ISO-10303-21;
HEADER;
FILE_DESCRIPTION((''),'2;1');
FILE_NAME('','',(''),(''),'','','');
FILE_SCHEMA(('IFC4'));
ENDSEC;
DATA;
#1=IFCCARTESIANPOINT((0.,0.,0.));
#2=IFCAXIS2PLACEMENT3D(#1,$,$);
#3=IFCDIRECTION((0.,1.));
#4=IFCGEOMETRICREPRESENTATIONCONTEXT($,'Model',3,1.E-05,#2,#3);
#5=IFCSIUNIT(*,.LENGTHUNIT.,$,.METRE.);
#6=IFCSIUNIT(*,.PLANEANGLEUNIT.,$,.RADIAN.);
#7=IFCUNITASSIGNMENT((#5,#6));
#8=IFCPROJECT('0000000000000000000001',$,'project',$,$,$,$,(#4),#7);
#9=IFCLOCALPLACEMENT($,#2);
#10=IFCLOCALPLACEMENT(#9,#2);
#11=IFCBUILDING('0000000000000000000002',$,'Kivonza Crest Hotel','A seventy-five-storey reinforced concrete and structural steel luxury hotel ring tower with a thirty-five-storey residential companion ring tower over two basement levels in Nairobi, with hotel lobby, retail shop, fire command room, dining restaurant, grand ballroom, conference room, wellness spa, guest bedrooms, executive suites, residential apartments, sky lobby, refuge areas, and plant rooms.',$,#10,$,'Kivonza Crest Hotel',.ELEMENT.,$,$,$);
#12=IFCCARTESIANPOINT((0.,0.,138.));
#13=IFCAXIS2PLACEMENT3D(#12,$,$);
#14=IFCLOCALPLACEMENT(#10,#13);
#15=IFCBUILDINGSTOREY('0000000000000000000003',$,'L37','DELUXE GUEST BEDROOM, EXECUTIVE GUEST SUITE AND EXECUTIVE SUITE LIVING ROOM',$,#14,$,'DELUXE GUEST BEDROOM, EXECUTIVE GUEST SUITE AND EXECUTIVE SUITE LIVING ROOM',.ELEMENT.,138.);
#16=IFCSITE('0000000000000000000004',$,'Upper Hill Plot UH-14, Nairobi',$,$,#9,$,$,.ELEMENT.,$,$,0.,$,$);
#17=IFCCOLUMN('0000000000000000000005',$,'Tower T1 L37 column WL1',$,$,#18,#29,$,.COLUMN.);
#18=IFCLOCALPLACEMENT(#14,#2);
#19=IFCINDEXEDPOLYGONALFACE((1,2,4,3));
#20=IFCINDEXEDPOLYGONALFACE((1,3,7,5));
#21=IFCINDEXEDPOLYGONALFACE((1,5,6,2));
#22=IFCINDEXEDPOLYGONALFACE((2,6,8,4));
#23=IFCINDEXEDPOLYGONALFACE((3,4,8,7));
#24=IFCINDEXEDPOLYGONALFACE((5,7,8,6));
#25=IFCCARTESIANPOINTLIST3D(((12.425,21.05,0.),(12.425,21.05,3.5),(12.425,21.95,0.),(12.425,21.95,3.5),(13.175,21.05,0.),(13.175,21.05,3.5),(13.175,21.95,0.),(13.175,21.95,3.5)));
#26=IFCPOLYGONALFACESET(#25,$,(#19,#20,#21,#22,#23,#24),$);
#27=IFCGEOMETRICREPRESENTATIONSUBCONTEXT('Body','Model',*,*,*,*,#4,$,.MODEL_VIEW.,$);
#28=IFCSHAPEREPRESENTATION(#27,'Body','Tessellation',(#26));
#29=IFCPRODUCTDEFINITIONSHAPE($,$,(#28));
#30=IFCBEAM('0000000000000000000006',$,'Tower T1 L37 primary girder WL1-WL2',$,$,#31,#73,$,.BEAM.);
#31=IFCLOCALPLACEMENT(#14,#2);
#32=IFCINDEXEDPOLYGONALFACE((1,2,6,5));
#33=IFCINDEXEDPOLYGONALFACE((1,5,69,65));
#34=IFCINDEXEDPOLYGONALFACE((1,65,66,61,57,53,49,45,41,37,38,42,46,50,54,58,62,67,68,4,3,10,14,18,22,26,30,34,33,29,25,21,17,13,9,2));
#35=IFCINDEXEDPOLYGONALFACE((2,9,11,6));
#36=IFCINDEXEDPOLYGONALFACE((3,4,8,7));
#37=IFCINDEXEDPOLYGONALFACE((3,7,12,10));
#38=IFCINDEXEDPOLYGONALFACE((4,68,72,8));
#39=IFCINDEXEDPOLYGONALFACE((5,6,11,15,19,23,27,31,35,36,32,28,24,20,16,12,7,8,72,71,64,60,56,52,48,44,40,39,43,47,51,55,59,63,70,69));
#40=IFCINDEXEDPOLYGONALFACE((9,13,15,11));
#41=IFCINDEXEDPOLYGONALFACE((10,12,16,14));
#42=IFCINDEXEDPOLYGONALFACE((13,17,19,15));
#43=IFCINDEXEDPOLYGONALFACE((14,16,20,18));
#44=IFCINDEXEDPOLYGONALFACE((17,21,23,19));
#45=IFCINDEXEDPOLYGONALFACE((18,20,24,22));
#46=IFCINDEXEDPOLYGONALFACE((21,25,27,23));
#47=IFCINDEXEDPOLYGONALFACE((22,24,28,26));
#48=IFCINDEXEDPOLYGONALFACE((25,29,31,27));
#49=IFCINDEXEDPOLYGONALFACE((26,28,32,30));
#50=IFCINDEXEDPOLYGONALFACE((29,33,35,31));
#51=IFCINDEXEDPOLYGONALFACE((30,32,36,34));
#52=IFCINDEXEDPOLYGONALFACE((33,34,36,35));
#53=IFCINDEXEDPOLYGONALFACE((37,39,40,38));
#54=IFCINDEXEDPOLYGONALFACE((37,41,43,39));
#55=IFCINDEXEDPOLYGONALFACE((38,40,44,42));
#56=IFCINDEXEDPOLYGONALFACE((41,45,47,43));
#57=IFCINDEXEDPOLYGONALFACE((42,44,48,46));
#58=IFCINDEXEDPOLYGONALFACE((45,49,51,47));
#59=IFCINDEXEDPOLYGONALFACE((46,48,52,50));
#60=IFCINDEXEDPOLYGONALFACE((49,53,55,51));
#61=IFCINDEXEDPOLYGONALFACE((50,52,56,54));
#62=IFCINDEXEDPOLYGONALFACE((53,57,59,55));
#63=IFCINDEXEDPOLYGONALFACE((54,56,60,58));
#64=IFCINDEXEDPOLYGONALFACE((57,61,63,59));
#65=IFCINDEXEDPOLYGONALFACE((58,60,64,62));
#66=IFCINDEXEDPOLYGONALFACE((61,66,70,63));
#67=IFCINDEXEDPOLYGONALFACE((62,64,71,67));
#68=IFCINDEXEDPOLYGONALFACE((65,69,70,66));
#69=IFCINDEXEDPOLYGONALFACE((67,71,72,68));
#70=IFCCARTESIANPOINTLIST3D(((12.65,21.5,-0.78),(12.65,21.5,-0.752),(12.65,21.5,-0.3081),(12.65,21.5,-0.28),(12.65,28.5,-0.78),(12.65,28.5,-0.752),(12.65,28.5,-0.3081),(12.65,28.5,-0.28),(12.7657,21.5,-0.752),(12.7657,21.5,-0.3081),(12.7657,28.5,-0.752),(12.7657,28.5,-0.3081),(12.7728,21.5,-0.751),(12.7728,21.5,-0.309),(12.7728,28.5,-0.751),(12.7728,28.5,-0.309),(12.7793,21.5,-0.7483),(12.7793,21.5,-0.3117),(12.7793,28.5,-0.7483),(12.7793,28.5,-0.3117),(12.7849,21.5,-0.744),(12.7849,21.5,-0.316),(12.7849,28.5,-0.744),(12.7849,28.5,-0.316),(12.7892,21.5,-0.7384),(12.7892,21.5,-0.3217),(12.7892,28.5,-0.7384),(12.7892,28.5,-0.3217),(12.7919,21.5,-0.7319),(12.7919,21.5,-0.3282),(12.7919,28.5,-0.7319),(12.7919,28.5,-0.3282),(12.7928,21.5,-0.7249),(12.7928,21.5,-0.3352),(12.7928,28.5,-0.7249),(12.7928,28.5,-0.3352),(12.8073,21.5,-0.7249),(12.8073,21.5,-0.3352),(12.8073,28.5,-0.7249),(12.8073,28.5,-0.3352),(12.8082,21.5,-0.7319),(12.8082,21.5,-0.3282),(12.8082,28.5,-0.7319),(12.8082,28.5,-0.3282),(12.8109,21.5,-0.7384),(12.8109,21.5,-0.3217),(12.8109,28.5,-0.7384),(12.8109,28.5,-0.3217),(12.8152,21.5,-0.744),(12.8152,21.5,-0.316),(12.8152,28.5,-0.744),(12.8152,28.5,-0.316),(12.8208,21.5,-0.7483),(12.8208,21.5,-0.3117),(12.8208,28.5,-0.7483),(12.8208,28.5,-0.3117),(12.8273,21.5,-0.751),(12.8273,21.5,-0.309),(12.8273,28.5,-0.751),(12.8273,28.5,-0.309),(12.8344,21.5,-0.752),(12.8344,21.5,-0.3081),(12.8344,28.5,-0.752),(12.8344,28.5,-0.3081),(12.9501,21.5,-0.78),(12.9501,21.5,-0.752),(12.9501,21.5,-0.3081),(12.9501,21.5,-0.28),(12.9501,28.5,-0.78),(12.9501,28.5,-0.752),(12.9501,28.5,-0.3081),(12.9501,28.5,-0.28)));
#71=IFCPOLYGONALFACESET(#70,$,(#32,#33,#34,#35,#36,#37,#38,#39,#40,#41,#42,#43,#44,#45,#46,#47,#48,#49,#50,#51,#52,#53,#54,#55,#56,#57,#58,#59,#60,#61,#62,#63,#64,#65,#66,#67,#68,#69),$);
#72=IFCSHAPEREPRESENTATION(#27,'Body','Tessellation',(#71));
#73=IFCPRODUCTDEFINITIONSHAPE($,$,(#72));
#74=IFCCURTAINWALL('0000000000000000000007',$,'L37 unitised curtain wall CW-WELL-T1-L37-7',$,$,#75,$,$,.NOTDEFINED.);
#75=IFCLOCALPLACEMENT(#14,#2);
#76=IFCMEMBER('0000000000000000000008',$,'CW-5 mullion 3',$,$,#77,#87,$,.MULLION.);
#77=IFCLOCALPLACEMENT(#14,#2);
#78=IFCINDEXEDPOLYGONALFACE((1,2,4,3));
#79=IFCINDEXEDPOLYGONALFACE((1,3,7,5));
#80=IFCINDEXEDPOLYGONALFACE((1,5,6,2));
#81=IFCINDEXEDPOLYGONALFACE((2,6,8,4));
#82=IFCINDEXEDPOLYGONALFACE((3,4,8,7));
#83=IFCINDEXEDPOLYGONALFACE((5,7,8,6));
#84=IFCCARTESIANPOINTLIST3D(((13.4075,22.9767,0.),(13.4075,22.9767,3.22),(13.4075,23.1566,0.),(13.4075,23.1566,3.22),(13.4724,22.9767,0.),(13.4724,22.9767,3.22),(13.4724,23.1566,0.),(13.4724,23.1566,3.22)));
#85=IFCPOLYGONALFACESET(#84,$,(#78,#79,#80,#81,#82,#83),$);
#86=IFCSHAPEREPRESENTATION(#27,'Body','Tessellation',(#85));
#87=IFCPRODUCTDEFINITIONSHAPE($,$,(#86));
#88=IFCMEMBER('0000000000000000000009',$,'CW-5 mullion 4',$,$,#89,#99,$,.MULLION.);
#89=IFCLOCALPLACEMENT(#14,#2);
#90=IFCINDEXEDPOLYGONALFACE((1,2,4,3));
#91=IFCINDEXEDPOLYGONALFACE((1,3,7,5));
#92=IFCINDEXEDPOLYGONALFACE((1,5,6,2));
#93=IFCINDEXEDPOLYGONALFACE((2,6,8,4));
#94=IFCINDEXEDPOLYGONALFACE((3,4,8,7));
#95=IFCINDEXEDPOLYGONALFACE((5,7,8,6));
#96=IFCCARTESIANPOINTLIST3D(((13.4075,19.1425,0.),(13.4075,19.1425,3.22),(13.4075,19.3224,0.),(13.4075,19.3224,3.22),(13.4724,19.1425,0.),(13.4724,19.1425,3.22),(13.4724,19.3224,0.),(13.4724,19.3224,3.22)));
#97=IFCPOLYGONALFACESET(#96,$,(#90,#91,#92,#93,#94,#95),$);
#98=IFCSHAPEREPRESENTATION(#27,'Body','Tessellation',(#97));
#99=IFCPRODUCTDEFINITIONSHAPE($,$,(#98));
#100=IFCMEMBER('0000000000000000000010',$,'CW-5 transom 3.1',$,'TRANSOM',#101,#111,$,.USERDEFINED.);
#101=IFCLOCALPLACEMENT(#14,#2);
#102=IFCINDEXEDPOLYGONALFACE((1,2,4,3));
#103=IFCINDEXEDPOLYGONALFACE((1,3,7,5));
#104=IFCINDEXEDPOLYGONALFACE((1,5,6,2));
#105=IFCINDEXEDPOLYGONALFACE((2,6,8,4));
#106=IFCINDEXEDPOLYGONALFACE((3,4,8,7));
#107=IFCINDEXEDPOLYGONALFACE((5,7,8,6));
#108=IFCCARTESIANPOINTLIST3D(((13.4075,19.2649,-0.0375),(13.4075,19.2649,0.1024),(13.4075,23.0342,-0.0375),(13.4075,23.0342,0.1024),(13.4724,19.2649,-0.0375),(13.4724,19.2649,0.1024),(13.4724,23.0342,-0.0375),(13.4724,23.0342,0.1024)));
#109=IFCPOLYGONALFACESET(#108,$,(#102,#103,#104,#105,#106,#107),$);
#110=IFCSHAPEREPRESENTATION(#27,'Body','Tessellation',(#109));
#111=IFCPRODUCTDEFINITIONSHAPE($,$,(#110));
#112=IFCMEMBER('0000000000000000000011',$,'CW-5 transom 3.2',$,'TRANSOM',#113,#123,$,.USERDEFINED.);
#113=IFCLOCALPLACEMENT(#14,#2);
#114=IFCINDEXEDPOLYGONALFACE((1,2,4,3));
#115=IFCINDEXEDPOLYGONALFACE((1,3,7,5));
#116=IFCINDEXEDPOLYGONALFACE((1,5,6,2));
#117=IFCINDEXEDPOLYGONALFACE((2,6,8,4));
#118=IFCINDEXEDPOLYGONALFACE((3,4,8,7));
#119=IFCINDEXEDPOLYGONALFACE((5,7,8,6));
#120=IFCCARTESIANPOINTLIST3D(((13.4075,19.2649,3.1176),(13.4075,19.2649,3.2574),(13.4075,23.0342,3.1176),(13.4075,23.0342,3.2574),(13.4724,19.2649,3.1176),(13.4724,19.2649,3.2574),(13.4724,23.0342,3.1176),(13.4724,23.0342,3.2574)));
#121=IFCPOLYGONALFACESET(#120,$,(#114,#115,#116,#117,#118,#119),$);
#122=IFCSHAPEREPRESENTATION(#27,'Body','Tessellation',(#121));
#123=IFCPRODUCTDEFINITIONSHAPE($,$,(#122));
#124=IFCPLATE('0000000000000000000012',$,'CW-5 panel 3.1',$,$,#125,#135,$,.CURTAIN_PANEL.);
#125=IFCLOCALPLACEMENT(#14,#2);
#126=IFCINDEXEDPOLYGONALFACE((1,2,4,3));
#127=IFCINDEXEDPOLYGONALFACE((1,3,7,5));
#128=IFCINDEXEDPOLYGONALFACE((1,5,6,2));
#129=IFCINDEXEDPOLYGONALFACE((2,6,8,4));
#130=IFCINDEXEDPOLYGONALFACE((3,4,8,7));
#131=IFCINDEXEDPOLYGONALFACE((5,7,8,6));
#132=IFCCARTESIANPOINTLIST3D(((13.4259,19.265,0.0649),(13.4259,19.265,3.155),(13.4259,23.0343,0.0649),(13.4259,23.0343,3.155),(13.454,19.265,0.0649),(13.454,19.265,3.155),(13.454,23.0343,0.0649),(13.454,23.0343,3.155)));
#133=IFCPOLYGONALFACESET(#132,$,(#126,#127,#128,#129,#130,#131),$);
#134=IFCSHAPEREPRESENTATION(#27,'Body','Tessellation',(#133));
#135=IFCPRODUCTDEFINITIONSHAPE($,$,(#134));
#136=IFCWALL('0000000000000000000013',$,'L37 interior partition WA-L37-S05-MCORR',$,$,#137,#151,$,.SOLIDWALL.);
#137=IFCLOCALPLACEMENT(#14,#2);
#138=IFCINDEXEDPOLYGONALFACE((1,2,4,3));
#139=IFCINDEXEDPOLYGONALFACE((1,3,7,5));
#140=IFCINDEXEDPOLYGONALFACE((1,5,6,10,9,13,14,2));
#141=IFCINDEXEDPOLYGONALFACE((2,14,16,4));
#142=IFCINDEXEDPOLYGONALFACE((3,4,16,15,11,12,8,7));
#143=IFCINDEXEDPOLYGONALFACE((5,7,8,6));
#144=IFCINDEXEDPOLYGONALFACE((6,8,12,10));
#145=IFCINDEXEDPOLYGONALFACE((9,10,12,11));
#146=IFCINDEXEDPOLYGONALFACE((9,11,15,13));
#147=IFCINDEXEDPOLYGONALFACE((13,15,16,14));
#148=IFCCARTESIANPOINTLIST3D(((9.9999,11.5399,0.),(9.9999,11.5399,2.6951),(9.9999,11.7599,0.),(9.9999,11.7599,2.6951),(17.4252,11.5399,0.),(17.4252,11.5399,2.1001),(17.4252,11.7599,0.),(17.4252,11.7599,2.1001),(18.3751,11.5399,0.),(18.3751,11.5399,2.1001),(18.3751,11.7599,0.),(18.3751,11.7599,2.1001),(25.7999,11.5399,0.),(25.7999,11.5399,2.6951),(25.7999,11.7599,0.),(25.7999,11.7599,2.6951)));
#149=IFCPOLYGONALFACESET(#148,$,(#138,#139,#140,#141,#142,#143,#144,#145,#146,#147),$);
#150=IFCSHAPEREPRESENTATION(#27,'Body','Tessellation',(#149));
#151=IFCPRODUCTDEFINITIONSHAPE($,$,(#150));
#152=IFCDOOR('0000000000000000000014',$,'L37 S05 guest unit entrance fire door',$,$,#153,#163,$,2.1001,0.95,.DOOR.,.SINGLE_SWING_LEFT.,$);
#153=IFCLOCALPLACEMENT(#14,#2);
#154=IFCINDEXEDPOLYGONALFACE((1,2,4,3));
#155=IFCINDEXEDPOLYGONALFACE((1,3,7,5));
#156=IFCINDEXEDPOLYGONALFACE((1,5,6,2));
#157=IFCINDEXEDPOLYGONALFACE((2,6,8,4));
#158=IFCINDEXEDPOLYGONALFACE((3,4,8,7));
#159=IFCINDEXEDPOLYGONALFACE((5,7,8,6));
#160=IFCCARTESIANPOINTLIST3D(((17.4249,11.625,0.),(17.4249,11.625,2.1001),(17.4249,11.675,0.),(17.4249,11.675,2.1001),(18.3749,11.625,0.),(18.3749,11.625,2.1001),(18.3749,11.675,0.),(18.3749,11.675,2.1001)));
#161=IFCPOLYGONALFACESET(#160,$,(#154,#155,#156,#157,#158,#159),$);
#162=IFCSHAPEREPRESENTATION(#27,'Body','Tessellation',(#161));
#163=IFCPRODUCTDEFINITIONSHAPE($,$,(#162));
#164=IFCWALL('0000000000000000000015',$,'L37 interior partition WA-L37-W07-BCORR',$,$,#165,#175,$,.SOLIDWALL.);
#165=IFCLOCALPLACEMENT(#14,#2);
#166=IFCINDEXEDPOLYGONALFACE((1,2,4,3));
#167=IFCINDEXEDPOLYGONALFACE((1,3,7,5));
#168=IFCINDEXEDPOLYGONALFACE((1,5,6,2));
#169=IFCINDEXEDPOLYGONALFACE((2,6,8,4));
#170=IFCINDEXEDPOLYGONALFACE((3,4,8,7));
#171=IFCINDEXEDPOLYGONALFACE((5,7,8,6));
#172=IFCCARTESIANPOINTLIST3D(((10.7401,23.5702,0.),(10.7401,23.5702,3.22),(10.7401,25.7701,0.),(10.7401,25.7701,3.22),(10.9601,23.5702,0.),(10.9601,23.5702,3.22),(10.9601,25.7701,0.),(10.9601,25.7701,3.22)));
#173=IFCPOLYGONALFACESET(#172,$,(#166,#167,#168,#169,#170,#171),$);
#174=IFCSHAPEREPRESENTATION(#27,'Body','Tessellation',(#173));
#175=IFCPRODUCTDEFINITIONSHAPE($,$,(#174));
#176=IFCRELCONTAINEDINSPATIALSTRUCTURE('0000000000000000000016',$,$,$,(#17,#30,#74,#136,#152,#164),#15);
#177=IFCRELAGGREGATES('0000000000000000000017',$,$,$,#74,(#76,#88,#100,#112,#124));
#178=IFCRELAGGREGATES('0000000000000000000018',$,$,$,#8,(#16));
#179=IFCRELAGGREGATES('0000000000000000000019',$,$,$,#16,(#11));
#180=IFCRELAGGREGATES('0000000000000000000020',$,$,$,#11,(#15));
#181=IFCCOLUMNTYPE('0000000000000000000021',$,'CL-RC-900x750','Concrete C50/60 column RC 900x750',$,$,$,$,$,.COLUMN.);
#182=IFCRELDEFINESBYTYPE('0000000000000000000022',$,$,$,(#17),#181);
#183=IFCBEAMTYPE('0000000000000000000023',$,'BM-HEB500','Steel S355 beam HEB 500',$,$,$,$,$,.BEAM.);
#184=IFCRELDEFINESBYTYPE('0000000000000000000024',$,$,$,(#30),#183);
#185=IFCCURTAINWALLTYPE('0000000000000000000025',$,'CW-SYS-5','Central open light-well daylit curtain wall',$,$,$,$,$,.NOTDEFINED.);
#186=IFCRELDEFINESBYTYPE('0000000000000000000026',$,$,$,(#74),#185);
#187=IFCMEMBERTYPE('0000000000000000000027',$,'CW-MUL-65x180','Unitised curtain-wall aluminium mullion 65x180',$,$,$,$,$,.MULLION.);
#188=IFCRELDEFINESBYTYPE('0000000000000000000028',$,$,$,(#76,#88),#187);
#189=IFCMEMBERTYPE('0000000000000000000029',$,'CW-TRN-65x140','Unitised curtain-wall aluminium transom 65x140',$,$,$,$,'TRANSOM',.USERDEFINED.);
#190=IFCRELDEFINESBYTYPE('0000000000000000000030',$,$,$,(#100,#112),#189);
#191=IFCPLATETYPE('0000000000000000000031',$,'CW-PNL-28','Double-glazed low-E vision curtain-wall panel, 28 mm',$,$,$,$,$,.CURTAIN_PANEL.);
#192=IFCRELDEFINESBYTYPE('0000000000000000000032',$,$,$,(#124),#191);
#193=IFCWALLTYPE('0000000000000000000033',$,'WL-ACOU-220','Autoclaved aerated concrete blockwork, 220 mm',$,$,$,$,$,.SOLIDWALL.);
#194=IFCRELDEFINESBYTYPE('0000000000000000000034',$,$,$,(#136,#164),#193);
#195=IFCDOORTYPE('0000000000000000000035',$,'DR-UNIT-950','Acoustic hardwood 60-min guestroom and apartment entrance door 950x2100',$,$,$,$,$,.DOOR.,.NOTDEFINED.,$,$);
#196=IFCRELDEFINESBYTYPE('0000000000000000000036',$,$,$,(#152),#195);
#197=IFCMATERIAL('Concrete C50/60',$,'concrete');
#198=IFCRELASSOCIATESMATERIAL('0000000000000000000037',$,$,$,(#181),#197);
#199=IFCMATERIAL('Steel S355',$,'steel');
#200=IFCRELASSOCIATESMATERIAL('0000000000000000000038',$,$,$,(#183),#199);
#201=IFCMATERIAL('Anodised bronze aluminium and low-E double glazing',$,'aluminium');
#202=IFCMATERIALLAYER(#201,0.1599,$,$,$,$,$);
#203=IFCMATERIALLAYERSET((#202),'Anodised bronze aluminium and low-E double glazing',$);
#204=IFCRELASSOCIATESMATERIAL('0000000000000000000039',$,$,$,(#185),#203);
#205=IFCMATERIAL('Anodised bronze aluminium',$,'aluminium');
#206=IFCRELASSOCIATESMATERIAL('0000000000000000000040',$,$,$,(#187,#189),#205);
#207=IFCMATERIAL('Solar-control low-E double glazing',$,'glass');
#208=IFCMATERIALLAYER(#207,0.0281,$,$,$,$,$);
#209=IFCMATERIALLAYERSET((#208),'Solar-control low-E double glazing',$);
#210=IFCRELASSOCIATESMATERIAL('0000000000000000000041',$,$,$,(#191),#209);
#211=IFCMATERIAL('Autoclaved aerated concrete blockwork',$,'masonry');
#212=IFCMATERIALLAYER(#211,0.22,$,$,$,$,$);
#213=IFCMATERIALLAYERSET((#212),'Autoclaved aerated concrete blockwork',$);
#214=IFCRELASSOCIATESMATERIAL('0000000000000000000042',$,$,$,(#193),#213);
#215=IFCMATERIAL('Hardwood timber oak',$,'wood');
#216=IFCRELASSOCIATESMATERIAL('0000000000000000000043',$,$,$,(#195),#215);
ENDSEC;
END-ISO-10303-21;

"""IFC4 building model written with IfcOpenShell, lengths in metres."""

from ifc_helpers import new_model, si_unit, direction, frame, frame_2d, origin, origin_2d, place, context, subcontext, project, spatial, rectangle, i_section, extrude, material, layer, layer_set, material_profile, profile_set, type_object, element, fill, aggregate, save


model = new_model("IFC4")

# Units and contexts
model_context = context("Model", 3, precision=1e-05, world=origin(), true_north=direction((0.0, 1.0)))
body_context = subcontext(model_context, "Body", "Model", "MODEL_VIEW")
ifc_project = project(units=[si_unit("LENGTHUNIT", "METRE"), si_unit("PLANEANGLEUNIT", "RADIAN")], contexts=[model_context])

# Site, building, storey
site_placement = place(None, origin())
site = spatial("IfcSite", under=ifc_project, at=site_placement, Name="Upper Hill Plot UH-14, Nairobi", CompositionType="ELEMENT", RefElevation=0.0)
building_placement = place(site_placement, origin())
building = spatial("IfcBuilding", under=site, at=building_placement, Name="Kivonza Crest Hotel", Description="A seventy-five-storey reinforced concrete and structural steel luxury hotel ring tower with a thirty-five-storey residential companion ring tower over two basement levels in Nairobi, with hotel lobby, retail shop, fire command room, dining restaurant, grand ballroom, conference room, wellness spa, guest bedrooms, executive suites, residential apartments, sky lobby, refuge areas, and plant rooms.", LongName="Kivonza Crest Hotel", CompositionType="ELEMENT")
storey_placement = place(building_placement, frame((0.0, 0.0, 138.0)))
storey = spatial("IfcBuildingStorey", under=building, at=storey_placement, Name="L37", Description="DELUXE GUEST BEDROOM, EXECUTIVE GUEST SUITE AND EXECUTIVE SUITE LIVING ROOM", LongName="DELUXE GUEST BEDROOM, EXECUTIVE GUEST SUITE AND EXECUTIVE SUITE LIVING ROOM", CompositionType="ELEMENT", Elevation=138.0)

# Column
ifc_material_1 = material(Name="Concrete C50/60", Category="concrete")
ifc_material_profile_1 = material_profile(ifc_material_1, rectangle(XDim=0.75, YDim=0.8999, at=origin_2d()), Name="RC 900x750")
ifc_profile_set_1 = profile_set([ifc_material_profile_1], Name="Concrete C50/60")
column_type = type_object("IfcColumnType", Name="CL-RC-900x750", Description="Concrete C50/60 column RC 900x750", PredefinedType="COLUMN", material=ifc_profile_set_1)
column_placement = place(storey_placement, frame((12.8, 21.5, 0.0), z_axis=(0.0, 0.0, 1.0), x_axis=(1.0, 0.0, 0.0)))
element("IfcColumn", 1, at=column_placement, inside=storey, type_object=column_type, Name="Tower T1 L37 column WL1", PredefinedType="COLUMN", context=body_context, shape_type="SweptSolid", body=[
    extrude(rectangle(XDim=0.75, YDim=0.8999, at=origin_2d()), origin(), (0.0, 0.0, 1.0), 3.5),
])

# Beam
ifc_material_2 = material(Name="Steel S355", Category="steel")
ifc_material_profile_2 = material_profile(ifc_material_2, i_section(OverallWidth=0.3, OverallDepth=0.5, WebThickness=0.0144, FlangeThickness=0.0281, FilletRadius=0.0271, at=origin_2d()), Name="HEB 500")
ifc_profile_set_2 = profile_set([ifc_material_profile_2], Name="Steel S355")
beam_type = type_object("IfcBeamType", Name="BM-HEB500", Description="Steel S355 beam HEB 500", PredefinedType="BEAM", material=ifc_profile_set_2)
beam_placement = place(storey_placement, frame((12.8, 21.5, -0.53), z_axis=(0.0, 1.0, 0.0), x_axis=(-1.0, 0.0, 0.0)))
element("IfcBeam", 2, at=beam_placement, inside=storey, type_object=beam_type, Name="Tower T1 L37 primary girder WL1-WL2", PredefinedType="BEAM", context=body_context, shape_type="SweptSolid", body=[
    extrude(i_section(OverallWidth=0.3, OverallDepth=0.5, WebThickness=0.0144, FlangeThickness=0.0281, FilletRadius=0.0271, at=origin_2d()), origin(), (0.0, 0.0, 1.0), 7.0),
])

# Curtain wall, members, plate
ifc_material_3 = material(Name="Anodised bronze aluminium and low-E double glazing", Category="aluminium")
ifc_layer_1 = layer(ifc_material_3, 0.1599)
ifc_layer_set_1 = layer_set([ifc_layer_1], Name="Anodised bronze aluminium and low-E double glazing")
curtain_wall_type = type_object("IfcCurtainWallType", Name="CW-SYS-5", Description="Central open light-well daylit curtain wall", PredefinedType="NOTDEFINED", material=ifc_layer_set_1)
curtain_wall_placement = place(storey_placement, origin())
curtain_wall = element("IfcCurtainWall", 3, at=curtain_wall_placement, inside=storey, type_object=curtain_wall_type, Name="L37 unitised curtain wall CW-WELL-T1-L37-7", PredefinedType="NOTDEFINED")
ifc_material_4 = material(Name="Anodised bronze aluminium", Category="aluminium")
ifc_material_profile_3 = material_profile(ifc_material_4, rectangle(XDim=0.0649, YDim=0.1799, at=origin_2d()), Name="CW-M 65x180")
ifc_profile_set_3 = profile_set([ifc_material_profile_3], Name="Anodised bronze aluminium")
member_type_1 = type_object("IfcMemberType", Name="CW-MUL-65x180", Description="Unitised curtain-wall aluminium mullion 65x180", PredefinedType="MULLION", material=ifc_profile_set_3)
member_1_placement = place(storey_placement, frame((13.4399, 23.0667, 0.0), z_axis=(0.0, 0.0, 1.0), x_axis=(1.0, 0.0, 0.0)))
member_1 = element("IfcMember", 4, at=member_1_placement, type_object=member_type_1, Name="CW-5 mullion 3", PredefinedType="MULLION", context=body_context, shape_type="SweptSolid", body=[
    extrude(rectangle(XDim=0.0649, YDim=0.1799, at=origin_2d()), origin(), (0.0, 0.0, 1.0), 3.22),
])
member_2_placement = place(storey_placement, frame((13.4399, 19.2324, 0.0), z_axis=(0.0, 0.0, 1.0), x_axis=(1.0, 0.0, 0.0)))
member_2 = element("IfcMember", 5, at=member_2_placement, type_object=member_type_1, Name="CW-5 mullion 4", PredefinedType="MULLION", context=body_context, shape_type="SweptSolid", body=[
    extrude(rectangle(XDim=0.0649, YDim=0.1799, at=origin_2d()), origin(), (0.0, 0.0, 1.0), 3.22),
])
ifc_material_profile_4 = material_profile(ifc_material_4, rectangle(XDim=0.0649, YDim=0.1399, at=origin_2d()), Name="CW-T 65x140")
ifc_profile_set_4 = profile_set([ifc_material_profile_4], Name="Anodised bronze aluminium")
member_type_2 = type_object("IfcMemberType", Name="CW-TRN-65x140", Description="Unitised curtain-wall aluminium transom 65x140", ElementType="TRANSOM", PredefinedType="USERDEFINED", material=ifc_profile_set_4)
member_3_placement = place(storey_placement, frame((13.4399, 23.0342, 0.0325), z_axis=(0.0, -1.0, 0.0), x_axis=(1.0, 0.0, 0.0)))
member_3 = element("IfcMember", 6, at=member_3_placement, type_object=member_type_2, Name="CW-5 transom 3.1", ObjectType="TRANSOM", PredefinedType="USERDEFINED", context=body_context, shape_type="SweptSolid", body=[
    extrude(rectangle(XDim=0.0649, YDim=0.1399, at=origin_2d()), origin(), (0.0, 0.0, 1.0), 3.7693),
])
member_4_placement = place(storey_placement, frame((13.4399, 23.0342, 3.1875), z_axis=(0.0, -1.0, 0.0), x_axis=(1.0, 0.0, 0.0)))
member_4 = element("IfcMember", 7, at=member_4_placement, type_object=member_type_2, Name="CW-5 transom 3.2", ObjectType="TRANSOM", PredefinedType="USERDEFINED", context=body_context, shape_type="SweptSolid", body=[
    extrude(rectangle(XDim=0.0649, YDim=0.1399, at=origin_2d()), origin(), (0.0, 0.0, 1.0), 3.7693),
])
ifc_material_5 = material(Name="Solar-control low-E double glazing", Category="glass")
ifc_layer_2 = layer(ifc_material_5, 0.0281)
ifc_layer_set_2 = layer_set([ifc_layer_2], Name="Solar-control low-E double glazing")
plate_type = type_object("IfcPlateType", Name="CW-PNL-28", Description="Double-glazed low-E vision curtain-wall panel, 28 mm", PredefinedType="CURTAIN_PANEL", material=ifc_layer_set_2)
plate_placement = place(storey_placement, frame((13.4399, 21.1497, 0.0649), z_axis=(0.0, 0.0, 1.0), x_axis=(0.0, -1.0, 0.0)))
plate = element("IfcPlate", 8, at=plate_placement, type_object=plate_type, Name="CW-5 panel 3.1", PredefinedType="CURTAIN_PANEL", context=body_context, shape_type="SweptSolid", body=[
    extrude(rectangle(XDim=3.7693, YDim=0.0281, at=origin_2d()), origin(), (0.0, 0.0, 1.0), 3.0901),
])
aggregate(curtain_wall, [member_1, member_2, member_3, member_4, plate])

# Wall, opening, door
ifc_material_6 = material(Name="Autoclaved aerated concrete blockwork", Category="masonry")
ifc_layer_3 = layer(ifc_material_6, 0.22)
ifc_layer_set_3 = layer_set([ifc_layer_3], Name="Autoclaved aerated concrete blockwork")
wall_type_1 = type_object("IfcWallType", Name="WL-ACOU-220", Description="Autoclaved aerated concrete blockwork, 220 mm", PredefinedType="SOLIDWALL", material=ifc_layer_set_3)
wall_1_placement = place(storey_placement, frame((10.0, 11.6499, 0.0), z_axis=(0.0, 0.0, 1.0), x_axis=(1.0, 0.0, 0.0)))
wall_1 = element("IfcWall", 9, at=wall_1_placement, inside=storey, type_object=wall_type_1, Name="L37 interior partition WA-L37-S05-MCORR", PredefinedType="SOLIDWALL", context=body_context, shape_type="SweptSolid", body=[
    extrude(rectangle(XDim=15.8, YDim=0.22, at=frame_2d((7.8999, 0.0))), origin(), (0.0, 0.0, 1.0), 2.6951),
])
opening_1_placement = place(wall_1_placement, frame((7.425, 0.0, 0.0)))
opening_1 = element("IfcOpeningElement", 10, at=opening_1_placement, cuts=wall_1, PredefinedType="OPENING", context=body_context, shape_type="SweptSolid", body=[
    extrude(rectangle(XDim=0.95, YDim=2.1001, at=frame_2d((0.4751, 1.05))), frame((0.0, 0.1201, 0.0), z_axis=(0.0, -1.0, 0.0), x_axis=(1.0, 0.0, 0.0)), (0.0, 0.0, 1.0), 0.24),
])
ifc_material_7 = material(Name="Hardwood timber oak", Category="wood")
door_type_1 = type_object("IfcDoorType", Name="DR-UNIT-950", Description="Acoustic hardwood 60-min guestroom and apartment entrance door 950x2100", OperationType="NOTDEFINED", PredefinedType="DOOR", material=ifc_material_7)
door_1_placement = place(opening_1_placement, frame((0.95, 0.0, 0.0), z_axis=(0.0, 0.0, 1.0), x_axis=(-1.0, 0.0, 0.0)))
door_1 = element("IfcDoor", 11, at=door_1_placement, inside=storey, type_object=door_type_1, Name="L37 S05 guest unit entrance fire door", OperationType="SINGLE_SWING_LEFT", OverallHeight=2.1001, OverallWidth=0.95, PredefinedType="DOOR", context=body_context, shape_type="SweptSolid", body=[
    extrude(rectangle(XDim=0.95, YDim=2.1001, at=frame_2d((0.4751, 1.05))), frame((0.0, 0.0249, 0.0), z_axis=(0.0, -1.0, 0.0), x_axis=(1.0, 0.0, 0.0)), (0.0, 0.0, 1.0), 0.05),
])
fill(opening_1, door_1)

# Wall
wall_2_placement = place(storey_placement, frame((10.8501, 23.5701, 0.0), z_axis=(0.0, 0.0, 1.0), x_axis=(0.0, 1.0, 0.0)))
element("IfcWall", 12, at=wall_2_placement, inside=storey, type_object=wall_type_1, Name="L37 interior partition WA-L37-W07-BCORR", PredefinedType="SOLIDWALL", context=body_context, shape_type="SweptSolid", body=[
    extrude(rectangle(XDim=2.2, YDim=0.22, at=frame_2d((1.1001, 0.0))), origin(), (0.0, 0.0, 1.0), 3.22),
])

save(model, "model.ifc")
